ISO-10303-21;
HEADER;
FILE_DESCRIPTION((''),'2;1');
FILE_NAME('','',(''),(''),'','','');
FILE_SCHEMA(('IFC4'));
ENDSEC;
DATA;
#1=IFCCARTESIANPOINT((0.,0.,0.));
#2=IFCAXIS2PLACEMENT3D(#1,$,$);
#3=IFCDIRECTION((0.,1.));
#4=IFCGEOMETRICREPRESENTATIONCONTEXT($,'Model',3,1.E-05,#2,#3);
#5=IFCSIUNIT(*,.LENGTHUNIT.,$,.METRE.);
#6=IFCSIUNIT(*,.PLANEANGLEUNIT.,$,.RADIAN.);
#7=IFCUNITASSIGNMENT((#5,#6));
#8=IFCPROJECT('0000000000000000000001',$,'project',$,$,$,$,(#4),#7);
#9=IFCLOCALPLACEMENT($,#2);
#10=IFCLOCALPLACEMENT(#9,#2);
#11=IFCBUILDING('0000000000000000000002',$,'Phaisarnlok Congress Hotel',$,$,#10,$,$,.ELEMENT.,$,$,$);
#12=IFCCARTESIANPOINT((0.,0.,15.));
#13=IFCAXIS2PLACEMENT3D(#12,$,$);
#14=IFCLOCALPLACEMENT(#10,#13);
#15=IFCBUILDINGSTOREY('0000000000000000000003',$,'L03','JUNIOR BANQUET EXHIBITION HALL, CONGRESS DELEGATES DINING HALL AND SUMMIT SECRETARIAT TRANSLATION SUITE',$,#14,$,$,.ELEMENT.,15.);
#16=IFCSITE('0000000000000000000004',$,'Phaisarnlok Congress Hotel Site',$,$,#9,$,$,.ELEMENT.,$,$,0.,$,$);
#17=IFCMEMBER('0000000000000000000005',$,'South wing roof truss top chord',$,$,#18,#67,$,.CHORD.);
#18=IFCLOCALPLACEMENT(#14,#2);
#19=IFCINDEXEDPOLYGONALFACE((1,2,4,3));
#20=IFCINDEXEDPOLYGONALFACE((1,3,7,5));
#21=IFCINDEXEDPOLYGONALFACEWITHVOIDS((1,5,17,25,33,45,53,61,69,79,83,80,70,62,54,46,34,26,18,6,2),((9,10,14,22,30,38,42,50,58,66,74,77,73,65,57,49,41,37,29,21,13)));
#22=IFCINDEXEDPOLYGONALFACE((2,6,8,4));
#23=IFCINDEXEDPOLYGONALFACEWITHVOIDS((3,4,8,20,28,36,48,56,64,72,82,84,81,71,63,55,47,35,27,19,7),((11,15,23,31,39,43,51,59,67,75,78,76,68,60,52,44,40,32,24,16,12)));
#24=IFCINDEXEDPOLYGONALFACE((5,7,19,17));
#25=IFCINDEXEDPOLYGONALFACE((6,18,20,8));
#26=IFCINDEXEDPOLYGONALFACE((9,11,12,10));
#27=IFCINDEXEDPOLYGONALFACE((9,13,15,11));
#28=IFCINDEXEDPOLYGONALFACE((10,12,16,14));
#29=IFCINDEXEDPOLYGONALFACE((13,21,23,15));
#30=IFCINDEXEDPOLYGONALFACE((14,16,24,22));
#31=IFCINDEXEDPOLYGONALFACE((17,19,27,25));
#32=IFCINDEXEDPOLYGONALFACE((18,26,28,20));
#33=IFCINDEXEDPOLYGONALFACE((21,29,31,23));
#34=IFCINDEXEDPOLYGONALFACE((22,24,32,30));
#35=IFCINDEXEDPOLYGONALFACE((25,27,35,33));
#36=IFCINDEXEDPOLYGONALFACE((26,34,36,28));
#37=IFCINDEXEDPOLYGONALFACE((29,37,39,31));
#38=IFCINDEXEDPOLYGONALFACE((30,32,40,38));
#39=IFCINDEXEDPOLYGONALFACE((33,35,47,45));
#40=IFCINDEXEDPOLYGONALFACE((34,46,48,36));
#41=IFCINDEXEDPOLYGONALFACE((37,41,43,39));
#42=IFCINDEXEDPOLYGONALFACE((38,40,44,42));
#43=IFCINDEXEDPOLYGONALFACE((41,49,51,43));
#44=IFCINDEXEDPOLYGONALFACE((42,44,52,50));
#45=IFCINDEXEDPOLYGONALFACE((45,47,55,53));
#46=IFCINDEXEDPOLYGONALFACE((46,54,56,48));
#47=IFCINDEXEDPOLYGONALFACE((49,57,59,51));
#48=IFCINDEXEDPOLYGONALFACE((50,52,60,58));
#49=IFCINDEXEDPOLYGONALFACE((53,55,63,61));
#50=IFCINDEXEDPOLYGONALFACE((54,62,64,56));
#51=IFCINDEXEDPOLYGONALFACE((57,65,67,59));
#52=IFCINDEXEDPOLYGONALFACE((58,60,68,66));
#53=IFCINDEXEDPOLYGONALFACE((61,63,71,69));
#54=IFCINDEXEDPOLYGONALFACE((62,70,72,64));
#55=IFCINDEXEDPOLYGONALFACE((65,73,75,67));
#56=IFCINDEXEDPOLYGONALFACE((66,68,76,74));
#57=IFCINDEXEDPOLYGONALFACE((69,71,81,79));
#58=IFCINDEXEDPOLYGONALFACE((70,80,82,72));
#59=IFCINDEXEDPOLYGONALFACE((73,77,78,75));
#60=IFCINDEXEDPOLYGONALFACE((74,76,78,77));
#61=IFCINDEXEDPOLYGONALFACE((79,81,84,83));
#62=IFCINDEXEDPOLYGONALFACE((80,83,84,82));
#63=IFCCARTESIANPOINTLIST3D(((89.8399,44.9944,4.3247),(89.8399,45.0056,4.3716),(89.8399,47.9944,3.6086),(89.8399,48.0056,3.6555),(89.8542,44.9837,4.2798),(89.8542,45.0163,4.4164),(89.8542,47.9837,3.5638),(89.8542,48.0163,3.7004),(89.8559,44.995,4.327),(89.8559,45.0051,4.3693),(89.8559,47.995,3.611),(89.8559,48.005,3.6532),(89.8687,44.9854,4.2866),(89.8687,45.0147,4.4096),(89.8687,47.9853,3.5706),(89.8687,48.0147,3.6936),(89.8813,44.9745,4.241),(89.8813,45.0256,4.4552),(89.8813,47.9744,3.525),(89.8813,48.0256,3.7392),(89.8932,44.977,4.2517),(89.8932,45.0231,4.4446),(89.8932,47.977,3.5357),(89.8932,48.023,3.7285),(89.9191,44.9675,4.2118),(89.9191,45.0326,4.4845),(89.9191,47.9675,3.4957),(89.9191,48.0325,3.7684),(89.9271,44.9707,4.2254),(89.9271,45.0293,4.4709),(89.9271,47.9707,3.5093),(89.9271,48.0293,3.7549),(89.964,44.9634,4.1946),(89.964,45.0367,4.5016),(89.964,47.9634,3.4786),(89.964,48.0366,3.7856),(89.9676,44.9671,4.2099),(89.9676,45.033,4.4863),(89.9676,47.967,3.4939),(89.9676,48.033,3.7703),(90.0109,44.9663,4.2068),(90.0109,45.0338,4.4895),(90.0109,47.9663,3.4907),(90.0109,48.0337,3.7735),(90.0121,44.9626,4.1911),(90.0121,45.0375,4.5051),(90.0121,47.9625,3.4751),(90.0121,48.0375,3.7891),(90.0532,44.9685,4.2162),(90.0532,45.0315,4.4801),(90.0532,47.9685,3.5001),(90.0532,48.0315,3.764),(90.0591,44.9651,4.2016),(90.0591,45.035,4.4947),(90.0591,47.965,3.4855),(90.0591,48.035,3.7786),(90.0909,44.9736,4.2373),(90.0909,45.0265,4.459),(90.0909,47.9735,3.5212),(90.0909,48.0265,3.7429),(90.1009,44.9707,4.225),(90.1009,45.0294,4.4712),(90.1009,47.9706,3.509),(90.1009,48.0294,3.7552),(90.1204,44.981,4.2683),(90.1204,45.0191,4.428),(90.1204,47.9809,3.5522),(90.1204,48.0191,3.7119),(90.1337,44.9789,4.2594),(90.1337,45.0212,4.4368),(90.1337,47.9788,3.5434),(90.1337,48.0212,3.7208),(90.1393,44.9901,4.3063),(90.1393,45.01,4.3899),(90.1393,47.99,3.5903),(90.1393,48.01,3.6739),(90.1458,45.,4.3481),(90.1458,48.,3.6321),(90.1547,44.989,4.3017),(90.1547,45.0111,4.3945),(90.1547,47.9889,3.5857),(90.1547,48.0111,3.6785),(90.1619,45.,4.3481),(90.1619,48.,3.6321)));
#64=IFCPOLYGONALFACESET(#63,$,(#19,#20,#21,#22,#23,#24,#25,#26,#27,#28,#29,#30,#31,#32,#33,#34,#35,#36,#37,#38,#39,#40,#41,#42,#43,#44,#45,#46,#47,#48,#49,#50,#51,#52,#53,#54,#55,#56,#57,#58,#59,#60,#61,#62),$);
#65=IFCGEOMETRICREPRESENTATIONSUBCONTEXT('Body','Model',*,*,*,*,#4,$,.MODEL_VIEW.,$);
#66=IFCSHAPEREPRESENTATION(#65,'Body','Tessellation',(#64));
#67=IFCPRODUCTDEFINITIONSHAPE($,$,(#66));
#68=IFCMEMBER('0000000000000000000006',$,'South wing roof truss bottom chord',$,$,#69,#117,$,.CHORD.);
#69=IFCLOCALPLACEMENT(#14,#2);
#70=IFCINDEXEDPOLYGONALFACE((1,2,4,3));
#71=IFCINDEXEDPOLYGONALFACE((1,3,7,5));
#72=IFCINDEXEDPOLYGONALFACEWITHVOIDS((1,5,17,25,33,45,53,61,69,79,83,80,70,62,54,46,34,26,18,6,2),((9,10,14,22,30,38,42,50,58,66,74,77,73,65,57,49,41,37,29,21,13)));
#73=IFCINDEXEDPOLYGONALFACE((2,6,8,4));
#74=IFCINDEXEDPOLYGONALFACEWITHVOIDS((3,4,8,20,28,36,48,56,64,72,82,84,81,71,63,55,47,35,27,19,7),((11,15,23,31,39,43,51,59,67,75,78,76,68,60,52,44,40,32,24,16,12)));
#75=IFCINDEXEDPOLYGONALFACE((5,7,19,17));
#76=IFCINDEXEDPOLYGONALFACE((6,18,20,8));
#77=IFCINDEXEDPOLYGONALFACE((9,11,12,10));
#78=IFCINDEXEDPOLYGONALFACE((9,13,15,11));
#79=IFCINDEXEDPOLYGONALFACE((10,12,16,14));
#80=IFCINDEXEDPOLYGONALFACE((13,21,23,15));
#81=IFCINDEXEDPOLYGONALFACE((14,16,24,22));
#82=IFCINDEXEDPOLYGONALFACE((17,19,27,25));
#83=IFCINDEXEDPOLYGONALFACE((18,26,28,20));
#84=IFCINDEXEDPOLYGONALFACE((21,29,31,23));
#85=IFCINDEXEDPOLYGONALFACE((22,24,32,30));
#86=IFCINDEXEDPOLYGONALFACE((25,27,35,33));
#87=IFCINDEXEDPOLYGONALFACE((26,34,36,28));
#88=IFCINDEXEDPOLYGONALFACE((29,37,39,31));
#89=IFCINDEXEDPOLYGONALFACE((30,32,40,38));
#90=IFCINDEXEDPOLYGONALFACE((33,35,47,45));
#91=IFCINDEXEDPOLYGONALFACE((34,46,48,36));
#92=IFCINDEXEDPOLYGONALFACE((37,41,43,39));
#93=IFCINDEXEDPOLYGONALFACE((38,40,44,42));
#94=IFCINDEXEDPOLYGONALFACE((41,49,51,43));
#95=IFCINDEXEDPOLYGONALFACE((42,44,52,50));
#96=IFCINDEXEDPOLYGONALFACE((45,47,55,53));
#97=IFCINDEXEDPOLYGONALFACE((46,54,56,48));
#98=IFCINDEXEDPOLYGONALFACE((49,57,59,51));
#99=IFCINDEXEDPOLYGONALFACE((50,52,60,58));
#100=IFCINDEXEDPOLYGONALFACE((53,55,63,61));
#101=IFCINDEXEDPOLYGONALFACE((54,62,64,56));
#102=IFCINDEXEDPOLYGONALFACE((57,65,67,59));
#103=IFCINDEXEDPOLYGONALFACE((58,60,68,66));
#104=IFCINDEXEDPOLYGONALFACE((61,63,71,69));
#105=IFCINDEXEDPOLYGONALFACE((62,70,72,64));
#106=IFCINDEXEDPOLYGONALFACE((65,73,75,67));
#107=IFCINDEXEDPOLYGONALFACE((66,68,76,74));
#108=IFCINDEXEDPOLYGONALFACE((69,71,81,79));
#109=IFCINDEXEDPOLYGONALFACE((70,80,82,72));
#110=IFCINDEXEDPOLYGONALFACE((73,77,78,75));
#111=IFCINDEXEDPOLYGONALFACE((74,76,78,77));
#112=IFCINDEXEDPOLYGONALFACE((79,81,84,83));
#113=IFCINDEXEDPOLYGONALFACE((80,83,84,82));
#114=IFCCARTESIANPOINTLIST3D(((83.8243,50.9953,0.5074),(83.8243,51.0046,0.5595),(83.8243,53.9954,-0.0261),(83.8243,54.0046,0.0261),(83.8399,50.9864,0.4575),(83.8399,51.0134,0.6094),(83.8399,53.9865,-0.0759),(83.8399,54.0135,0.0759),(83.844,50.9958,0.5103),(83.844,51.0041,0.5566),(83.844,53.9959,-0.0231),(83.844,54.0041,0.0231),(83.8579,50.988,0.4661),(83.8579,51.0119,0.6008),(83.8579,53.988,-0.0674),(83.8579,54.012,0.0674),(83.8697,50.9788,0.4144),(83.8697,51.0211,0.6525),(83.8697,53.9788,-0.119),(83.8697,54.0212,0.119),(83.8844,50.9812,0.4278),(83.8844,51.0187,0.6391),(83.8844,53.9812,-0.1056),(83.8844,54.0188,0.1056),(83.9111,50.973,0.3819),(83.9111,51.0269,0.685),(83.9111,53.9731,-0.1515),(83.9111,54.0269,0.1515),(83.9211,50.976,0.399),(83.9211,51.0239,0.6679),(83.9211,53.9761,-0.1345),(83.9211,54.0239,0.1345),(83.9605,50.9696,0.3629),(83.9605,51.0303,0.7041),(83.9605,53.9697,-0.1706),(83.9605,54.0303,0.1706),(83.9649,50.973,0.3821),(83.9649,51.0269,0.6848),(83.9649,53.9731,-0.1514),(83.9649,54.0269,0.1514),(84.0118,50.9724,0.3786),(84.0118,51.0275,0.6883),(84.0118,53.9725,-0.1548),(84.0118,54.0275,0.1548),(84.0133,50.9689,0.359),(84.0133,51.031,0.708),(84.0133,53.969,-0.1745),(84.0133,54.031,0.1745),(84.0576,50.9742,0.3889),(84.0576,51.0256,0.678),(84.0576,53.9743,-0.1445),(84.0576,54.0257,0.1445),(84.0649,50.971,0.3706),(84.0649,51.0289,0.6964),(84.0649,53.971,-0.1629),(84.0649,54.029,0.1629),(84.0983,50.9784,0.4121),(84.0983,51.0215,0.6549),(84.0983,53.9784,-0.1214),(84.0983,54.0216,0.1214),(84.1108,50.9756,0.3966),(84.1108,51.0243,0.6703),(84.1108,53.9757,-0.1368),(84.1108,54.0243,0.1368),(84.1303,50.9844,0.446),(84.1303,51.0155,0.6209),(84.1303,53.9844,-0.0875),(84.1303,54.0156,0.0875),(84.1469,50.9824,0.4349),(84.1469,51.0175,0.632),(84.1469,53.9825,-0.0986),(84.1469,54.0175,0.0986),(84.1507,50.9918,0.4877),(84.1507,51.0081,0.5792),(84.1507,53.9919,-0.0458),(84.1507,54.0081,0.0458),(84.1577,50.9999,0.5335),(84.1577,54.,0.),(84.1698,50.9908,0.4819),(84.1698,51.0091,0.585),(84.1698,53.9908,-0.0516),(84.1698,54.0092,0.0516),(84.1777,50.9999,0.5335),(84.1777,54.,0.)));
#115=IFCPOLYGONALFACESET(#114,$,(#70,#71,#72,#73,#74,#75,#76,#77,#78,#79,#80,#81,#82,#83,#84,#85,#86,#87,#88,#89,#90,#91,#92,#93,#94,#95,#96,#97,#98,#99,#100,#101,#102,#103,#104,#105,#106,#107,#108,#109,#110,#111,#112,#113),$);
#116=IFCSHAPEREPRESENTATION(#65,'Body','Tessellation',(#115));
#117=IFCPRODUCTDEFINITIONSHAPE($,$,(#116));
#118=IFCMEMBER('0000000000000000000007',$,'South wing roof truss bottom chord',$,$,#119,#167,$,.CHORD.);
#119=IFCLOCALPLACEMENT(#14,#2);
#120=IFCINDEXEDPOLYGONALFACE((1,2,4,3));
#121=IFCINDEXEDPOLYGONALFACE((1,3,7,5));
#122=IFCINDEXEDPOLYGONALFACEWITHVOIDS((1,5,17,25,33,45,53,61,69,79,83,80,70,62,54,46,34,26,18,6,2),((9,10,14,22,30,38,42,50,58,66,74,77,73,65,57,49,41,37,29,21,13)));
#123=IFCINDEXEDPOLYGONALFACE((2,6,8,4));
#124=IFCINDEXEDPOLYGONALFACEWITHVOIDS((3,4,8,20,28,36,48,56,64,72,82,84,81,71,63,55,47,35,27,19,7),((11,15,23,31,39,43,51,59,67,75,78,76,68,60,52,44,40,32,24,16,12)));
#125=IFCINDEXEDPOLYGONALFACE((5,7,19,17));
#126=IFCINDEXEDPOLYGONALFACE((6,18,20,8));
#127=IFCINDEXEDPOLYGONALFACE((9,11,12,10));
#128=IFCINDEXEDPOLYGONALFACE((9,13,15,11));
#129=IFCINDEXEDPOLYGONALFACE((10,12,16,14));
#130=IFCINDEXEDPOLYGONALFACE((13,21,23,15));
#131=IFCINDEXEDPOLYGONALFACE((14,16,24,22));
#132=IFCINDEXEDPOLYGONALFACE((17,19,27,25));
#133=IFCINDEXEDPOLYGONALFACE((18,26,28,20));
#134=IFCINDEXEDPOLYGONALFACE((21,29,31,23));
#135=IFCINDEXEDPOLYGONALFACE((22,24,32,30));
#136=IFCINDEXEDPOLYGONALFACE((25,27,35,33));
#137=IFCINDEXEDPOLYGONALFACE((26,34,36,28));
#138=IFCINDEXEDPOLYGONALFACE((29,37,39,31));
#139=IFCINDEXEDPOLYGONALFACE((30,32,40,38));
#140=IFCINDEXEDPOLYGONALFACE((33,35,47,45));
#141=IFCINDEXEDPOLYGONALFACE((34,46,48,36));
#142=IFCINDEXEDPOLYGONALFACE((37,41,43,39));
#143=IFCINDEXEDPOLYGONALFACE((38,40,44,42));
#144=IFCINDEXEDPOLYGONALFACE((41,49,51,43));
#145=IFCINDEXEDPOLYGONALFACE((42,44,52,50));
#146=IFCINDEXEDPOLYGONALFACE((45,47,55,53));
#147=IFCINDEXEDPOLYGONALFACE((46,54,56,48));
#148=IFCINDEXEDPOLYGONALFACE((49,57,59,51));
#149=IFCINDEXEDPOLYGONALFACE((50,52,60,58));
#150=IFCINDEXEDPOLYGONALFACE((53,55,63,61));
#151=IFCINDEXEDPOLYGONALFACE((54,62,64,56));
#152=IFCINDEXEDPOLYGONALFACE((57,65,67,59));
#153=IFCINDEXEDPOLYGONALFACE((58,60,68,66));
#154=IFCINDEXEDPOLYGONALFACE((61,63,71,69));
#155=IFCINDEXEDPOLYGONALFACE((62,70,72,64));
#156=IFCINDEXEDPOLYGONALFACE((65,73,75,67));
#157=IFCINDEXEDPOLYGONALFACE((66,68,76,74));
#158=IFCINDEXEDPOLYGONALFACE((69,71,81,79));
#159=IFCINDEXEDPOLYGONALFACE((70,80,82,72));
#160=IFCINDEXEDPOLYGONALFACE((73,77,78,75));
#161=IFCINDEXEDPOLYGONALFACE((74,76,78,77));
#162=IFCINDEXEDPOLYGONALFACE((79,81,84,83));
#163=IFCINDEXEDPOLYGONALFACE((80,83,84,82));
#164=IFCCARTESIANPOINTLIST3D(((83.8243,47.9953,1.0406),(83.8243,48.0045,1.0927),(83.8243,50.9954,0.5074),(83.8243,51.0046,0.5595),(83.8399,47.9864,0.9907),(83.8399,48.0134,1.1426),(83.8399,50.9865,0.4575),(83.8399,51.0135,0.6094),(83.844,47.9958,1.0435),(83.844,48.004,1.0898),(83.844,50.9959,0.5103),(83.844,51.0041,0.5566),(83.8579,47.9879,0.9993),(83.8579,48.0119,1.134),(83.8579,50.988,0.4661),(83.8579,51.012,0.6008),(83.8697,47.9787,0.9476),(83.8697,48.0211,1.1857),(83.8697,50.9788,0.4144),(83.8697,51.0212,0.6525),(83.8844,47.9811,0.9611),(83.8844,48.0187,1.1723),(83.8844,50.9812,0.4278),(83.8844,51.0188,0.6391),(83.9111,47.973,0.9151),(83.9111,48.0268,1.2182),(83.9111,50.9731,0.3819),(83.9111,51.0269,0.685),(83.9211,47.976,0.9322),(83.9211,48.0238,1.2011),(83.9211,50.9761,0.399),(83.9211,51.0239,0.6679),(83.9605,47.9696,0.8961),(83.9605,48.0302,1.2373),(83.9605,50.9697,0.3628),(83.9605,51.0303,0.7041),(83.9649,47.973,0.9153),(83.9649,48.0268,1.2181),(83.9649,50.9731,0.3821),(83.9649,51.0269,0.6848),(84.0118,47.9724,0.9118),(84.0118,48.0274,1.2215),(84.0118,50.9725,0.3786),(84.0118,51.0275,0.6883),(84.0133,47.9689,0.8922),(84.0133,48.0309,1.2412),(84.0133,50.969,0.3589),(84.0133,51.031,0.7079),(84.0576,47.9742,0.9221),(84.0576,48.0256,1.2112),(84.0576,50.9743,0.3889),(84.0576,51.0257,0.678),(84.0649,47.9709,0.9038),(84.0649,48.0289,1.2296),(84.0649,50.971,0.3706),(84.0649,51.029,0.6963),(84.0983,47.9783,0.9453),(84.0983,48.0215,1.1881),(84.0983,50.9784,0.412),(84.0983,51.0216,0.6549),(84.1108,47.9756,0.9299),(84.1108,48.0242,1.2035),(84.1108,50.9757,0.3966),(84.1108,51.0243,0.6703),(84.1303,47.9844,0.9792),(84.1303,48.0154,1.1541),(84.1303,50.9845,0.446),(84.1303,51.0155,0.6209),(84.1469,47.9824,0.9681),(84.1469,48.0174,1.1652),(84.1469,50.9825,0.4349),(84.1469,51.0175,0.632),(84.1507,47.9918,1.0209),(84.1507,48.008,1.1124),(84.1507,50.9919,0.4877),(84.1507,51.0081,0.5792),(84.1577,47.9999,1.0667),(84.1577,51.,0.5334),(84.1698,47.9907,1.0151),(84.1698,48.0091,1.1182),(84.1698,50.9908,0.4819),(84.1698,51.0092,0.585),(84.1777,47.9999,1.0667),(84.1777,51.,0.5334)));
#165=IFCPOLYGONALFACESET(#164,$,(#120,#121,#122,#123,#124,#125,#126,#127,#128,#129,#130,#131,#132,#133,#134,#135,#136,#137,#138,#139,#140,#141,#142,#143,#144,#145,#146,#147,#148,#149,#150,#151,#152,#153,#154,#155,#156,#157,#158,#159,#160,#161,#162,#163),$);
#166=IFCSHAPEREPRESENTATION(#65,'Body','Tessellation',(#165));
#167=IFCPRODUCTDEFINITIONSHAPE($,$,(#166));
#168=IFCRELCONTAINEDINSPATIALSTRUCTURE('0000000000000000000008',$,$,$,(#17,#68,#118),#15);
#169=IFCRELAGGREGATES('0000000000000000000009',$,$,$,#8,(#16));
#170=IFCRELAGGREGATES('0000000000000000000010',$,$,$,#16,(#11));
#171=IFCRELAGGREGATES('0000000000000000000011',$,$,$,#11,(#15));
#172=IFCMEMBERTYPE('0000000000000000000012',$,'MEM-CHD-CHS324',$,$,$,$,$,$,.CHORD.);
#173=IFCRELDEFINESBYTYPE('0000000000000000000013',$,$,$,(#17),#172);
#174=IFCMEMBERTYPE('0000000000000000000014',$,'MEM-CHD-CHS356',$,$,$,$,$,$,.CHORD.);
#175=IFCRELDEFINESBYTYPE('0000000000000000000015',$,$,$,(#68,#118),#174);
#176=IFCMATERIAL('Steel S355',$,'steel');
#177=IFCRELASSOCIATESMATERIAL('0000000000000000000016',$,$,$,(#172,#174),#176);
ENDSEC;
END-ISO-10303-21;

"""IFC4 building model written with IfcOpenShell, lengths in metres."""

from ifc_helpers import new_model, si_unit, direction, frame, origin, origin_2d, place, context, subcontext, project, spatial, hollow_circle, extrude, material, material_profile, profile_set, type_object, element, save


model = new_model("IFC4")

# Units and contexts
model_context = context("Model", 3, precision=1e-05, world=origin(), true_north=direction((0.0, 1.0)))
body_context = subcontext(model_context, "Body", "Model", "MODEL_VIEW")
ifc_project = project(units=[si_unit("LENGTHUNIT", "METRE"), si_unit("PLANEANGLEUNIT", "RADIAN")], contexts=[model_context])

# Site, building, storey
site_placement = place(None, origin())
site = spatial("IfcSite", under=ifc_project, at=site_placement, Name="Phaisarnlok Congress Hotel Site", CompositionType="ELEMENT", RefElevation=0.0)
building_placement = place(site_placement, origin())
building = spatial("IfcBuilding", under=site, at=building_placement, Name="Phaisarnlok Congress Hotel", CompositionType="ELEMENT")
storey_placement = place(building_placement, frame((0.0, 0.0, 15.0)))
storey = spatial("IfcBuildingStorey", under=building, at=storey_placement, Name="L03", Description="JUNIOR BANQUET EXHIBITION HALL, CONGRESS DELEGATES DINING HALL AND SUMMIT SECRETARIAT TRANSLATION SUITE", CompositionType="ELEMENT", Elevation=15.0)

# Shared definitions
ifc_material = material(Name="Steel S355", Category="steel")

# Members
ifc_material_profile_1 = material_profile(ifc_material, hollow_circle(Radius=0.1619, WallThickness=0.0161, at=origin_2d()), Name="CHS 323.9x16")
ifc_profile_set_1 = profile_set([ifc_material_profile_1], Name="Steel S355")
member_type_1 = type_object("IfcMemberType", Name="MEM-CHD-CHS324", PredefinedType="CHORD", material=ifc_profile_set_1)
for number, where, z_axis, x_axis, name in (
    (1, (90.0, 48.0, 3.6321), (0.0, -0.972676, 0.232166), (1.0, 0.0, 0.0), "South wing roof truss top chord"),
):
    element("IfcMember", number, at=place(storey_placement, frame(where, z_axis=z_axis, x_axis=x_axis)), inside=storey, type_object=member_type_1, Name=name, PredefinedType="CHORD", context=body_context, shape_type="SweptSolid", body=[
        extrude(hollow_circle(Radius=0.1619, WallThickness=0.0161, at=origin_2d()), origin(), (0.0, 0.0, 1.0), 3.0842),
    ])
ifc_material_profile_2 = material_profile(ifc_material, hollow_circle(Radius=0.1777, WallThickness=0.02, at=origin_2d()), Name="CHS 355.6x20")
ifc_profile_set_2 = profile_set([ifc_material_profile_2], Name="Steel S355")
member_type_2 = type_object("IfcMemberType", Name="MEM-CHD-CHS356", PredefinedType="CHORD", material=ifc_profile_set_2)
for number, where, z_axis, x_axis, name in (
    (2, (84.0, 54.0, 0.0), (0.0, -0.984556, 0.17507), (1.0, 0.0, 0.0), "South wing roof truss bottom chord"),
    (3, (84.0, 51.0, 0.5334), (0.0, -0.98457, 0.174992), (1.0, 0.0, 0.0), "South wing roof truss bottom chord"),
):
    element("IfcMember", number, at=place(storey_placement, frame(where, z_axis=z_axis, x_axis=x_axis)), inside=storey, type_object=member_type_2, Name=name, PredefinedType="CHORD", context=body_context, shape_type="SweptSolid", body=[
        extrude(hollow_circle(Radius=0.1777, WallThickness=0.02, at=origin_2d()), origin(), (0.0, 0.0, 1.0), 3.0471),
    ])

save(model, "model.ifc")
